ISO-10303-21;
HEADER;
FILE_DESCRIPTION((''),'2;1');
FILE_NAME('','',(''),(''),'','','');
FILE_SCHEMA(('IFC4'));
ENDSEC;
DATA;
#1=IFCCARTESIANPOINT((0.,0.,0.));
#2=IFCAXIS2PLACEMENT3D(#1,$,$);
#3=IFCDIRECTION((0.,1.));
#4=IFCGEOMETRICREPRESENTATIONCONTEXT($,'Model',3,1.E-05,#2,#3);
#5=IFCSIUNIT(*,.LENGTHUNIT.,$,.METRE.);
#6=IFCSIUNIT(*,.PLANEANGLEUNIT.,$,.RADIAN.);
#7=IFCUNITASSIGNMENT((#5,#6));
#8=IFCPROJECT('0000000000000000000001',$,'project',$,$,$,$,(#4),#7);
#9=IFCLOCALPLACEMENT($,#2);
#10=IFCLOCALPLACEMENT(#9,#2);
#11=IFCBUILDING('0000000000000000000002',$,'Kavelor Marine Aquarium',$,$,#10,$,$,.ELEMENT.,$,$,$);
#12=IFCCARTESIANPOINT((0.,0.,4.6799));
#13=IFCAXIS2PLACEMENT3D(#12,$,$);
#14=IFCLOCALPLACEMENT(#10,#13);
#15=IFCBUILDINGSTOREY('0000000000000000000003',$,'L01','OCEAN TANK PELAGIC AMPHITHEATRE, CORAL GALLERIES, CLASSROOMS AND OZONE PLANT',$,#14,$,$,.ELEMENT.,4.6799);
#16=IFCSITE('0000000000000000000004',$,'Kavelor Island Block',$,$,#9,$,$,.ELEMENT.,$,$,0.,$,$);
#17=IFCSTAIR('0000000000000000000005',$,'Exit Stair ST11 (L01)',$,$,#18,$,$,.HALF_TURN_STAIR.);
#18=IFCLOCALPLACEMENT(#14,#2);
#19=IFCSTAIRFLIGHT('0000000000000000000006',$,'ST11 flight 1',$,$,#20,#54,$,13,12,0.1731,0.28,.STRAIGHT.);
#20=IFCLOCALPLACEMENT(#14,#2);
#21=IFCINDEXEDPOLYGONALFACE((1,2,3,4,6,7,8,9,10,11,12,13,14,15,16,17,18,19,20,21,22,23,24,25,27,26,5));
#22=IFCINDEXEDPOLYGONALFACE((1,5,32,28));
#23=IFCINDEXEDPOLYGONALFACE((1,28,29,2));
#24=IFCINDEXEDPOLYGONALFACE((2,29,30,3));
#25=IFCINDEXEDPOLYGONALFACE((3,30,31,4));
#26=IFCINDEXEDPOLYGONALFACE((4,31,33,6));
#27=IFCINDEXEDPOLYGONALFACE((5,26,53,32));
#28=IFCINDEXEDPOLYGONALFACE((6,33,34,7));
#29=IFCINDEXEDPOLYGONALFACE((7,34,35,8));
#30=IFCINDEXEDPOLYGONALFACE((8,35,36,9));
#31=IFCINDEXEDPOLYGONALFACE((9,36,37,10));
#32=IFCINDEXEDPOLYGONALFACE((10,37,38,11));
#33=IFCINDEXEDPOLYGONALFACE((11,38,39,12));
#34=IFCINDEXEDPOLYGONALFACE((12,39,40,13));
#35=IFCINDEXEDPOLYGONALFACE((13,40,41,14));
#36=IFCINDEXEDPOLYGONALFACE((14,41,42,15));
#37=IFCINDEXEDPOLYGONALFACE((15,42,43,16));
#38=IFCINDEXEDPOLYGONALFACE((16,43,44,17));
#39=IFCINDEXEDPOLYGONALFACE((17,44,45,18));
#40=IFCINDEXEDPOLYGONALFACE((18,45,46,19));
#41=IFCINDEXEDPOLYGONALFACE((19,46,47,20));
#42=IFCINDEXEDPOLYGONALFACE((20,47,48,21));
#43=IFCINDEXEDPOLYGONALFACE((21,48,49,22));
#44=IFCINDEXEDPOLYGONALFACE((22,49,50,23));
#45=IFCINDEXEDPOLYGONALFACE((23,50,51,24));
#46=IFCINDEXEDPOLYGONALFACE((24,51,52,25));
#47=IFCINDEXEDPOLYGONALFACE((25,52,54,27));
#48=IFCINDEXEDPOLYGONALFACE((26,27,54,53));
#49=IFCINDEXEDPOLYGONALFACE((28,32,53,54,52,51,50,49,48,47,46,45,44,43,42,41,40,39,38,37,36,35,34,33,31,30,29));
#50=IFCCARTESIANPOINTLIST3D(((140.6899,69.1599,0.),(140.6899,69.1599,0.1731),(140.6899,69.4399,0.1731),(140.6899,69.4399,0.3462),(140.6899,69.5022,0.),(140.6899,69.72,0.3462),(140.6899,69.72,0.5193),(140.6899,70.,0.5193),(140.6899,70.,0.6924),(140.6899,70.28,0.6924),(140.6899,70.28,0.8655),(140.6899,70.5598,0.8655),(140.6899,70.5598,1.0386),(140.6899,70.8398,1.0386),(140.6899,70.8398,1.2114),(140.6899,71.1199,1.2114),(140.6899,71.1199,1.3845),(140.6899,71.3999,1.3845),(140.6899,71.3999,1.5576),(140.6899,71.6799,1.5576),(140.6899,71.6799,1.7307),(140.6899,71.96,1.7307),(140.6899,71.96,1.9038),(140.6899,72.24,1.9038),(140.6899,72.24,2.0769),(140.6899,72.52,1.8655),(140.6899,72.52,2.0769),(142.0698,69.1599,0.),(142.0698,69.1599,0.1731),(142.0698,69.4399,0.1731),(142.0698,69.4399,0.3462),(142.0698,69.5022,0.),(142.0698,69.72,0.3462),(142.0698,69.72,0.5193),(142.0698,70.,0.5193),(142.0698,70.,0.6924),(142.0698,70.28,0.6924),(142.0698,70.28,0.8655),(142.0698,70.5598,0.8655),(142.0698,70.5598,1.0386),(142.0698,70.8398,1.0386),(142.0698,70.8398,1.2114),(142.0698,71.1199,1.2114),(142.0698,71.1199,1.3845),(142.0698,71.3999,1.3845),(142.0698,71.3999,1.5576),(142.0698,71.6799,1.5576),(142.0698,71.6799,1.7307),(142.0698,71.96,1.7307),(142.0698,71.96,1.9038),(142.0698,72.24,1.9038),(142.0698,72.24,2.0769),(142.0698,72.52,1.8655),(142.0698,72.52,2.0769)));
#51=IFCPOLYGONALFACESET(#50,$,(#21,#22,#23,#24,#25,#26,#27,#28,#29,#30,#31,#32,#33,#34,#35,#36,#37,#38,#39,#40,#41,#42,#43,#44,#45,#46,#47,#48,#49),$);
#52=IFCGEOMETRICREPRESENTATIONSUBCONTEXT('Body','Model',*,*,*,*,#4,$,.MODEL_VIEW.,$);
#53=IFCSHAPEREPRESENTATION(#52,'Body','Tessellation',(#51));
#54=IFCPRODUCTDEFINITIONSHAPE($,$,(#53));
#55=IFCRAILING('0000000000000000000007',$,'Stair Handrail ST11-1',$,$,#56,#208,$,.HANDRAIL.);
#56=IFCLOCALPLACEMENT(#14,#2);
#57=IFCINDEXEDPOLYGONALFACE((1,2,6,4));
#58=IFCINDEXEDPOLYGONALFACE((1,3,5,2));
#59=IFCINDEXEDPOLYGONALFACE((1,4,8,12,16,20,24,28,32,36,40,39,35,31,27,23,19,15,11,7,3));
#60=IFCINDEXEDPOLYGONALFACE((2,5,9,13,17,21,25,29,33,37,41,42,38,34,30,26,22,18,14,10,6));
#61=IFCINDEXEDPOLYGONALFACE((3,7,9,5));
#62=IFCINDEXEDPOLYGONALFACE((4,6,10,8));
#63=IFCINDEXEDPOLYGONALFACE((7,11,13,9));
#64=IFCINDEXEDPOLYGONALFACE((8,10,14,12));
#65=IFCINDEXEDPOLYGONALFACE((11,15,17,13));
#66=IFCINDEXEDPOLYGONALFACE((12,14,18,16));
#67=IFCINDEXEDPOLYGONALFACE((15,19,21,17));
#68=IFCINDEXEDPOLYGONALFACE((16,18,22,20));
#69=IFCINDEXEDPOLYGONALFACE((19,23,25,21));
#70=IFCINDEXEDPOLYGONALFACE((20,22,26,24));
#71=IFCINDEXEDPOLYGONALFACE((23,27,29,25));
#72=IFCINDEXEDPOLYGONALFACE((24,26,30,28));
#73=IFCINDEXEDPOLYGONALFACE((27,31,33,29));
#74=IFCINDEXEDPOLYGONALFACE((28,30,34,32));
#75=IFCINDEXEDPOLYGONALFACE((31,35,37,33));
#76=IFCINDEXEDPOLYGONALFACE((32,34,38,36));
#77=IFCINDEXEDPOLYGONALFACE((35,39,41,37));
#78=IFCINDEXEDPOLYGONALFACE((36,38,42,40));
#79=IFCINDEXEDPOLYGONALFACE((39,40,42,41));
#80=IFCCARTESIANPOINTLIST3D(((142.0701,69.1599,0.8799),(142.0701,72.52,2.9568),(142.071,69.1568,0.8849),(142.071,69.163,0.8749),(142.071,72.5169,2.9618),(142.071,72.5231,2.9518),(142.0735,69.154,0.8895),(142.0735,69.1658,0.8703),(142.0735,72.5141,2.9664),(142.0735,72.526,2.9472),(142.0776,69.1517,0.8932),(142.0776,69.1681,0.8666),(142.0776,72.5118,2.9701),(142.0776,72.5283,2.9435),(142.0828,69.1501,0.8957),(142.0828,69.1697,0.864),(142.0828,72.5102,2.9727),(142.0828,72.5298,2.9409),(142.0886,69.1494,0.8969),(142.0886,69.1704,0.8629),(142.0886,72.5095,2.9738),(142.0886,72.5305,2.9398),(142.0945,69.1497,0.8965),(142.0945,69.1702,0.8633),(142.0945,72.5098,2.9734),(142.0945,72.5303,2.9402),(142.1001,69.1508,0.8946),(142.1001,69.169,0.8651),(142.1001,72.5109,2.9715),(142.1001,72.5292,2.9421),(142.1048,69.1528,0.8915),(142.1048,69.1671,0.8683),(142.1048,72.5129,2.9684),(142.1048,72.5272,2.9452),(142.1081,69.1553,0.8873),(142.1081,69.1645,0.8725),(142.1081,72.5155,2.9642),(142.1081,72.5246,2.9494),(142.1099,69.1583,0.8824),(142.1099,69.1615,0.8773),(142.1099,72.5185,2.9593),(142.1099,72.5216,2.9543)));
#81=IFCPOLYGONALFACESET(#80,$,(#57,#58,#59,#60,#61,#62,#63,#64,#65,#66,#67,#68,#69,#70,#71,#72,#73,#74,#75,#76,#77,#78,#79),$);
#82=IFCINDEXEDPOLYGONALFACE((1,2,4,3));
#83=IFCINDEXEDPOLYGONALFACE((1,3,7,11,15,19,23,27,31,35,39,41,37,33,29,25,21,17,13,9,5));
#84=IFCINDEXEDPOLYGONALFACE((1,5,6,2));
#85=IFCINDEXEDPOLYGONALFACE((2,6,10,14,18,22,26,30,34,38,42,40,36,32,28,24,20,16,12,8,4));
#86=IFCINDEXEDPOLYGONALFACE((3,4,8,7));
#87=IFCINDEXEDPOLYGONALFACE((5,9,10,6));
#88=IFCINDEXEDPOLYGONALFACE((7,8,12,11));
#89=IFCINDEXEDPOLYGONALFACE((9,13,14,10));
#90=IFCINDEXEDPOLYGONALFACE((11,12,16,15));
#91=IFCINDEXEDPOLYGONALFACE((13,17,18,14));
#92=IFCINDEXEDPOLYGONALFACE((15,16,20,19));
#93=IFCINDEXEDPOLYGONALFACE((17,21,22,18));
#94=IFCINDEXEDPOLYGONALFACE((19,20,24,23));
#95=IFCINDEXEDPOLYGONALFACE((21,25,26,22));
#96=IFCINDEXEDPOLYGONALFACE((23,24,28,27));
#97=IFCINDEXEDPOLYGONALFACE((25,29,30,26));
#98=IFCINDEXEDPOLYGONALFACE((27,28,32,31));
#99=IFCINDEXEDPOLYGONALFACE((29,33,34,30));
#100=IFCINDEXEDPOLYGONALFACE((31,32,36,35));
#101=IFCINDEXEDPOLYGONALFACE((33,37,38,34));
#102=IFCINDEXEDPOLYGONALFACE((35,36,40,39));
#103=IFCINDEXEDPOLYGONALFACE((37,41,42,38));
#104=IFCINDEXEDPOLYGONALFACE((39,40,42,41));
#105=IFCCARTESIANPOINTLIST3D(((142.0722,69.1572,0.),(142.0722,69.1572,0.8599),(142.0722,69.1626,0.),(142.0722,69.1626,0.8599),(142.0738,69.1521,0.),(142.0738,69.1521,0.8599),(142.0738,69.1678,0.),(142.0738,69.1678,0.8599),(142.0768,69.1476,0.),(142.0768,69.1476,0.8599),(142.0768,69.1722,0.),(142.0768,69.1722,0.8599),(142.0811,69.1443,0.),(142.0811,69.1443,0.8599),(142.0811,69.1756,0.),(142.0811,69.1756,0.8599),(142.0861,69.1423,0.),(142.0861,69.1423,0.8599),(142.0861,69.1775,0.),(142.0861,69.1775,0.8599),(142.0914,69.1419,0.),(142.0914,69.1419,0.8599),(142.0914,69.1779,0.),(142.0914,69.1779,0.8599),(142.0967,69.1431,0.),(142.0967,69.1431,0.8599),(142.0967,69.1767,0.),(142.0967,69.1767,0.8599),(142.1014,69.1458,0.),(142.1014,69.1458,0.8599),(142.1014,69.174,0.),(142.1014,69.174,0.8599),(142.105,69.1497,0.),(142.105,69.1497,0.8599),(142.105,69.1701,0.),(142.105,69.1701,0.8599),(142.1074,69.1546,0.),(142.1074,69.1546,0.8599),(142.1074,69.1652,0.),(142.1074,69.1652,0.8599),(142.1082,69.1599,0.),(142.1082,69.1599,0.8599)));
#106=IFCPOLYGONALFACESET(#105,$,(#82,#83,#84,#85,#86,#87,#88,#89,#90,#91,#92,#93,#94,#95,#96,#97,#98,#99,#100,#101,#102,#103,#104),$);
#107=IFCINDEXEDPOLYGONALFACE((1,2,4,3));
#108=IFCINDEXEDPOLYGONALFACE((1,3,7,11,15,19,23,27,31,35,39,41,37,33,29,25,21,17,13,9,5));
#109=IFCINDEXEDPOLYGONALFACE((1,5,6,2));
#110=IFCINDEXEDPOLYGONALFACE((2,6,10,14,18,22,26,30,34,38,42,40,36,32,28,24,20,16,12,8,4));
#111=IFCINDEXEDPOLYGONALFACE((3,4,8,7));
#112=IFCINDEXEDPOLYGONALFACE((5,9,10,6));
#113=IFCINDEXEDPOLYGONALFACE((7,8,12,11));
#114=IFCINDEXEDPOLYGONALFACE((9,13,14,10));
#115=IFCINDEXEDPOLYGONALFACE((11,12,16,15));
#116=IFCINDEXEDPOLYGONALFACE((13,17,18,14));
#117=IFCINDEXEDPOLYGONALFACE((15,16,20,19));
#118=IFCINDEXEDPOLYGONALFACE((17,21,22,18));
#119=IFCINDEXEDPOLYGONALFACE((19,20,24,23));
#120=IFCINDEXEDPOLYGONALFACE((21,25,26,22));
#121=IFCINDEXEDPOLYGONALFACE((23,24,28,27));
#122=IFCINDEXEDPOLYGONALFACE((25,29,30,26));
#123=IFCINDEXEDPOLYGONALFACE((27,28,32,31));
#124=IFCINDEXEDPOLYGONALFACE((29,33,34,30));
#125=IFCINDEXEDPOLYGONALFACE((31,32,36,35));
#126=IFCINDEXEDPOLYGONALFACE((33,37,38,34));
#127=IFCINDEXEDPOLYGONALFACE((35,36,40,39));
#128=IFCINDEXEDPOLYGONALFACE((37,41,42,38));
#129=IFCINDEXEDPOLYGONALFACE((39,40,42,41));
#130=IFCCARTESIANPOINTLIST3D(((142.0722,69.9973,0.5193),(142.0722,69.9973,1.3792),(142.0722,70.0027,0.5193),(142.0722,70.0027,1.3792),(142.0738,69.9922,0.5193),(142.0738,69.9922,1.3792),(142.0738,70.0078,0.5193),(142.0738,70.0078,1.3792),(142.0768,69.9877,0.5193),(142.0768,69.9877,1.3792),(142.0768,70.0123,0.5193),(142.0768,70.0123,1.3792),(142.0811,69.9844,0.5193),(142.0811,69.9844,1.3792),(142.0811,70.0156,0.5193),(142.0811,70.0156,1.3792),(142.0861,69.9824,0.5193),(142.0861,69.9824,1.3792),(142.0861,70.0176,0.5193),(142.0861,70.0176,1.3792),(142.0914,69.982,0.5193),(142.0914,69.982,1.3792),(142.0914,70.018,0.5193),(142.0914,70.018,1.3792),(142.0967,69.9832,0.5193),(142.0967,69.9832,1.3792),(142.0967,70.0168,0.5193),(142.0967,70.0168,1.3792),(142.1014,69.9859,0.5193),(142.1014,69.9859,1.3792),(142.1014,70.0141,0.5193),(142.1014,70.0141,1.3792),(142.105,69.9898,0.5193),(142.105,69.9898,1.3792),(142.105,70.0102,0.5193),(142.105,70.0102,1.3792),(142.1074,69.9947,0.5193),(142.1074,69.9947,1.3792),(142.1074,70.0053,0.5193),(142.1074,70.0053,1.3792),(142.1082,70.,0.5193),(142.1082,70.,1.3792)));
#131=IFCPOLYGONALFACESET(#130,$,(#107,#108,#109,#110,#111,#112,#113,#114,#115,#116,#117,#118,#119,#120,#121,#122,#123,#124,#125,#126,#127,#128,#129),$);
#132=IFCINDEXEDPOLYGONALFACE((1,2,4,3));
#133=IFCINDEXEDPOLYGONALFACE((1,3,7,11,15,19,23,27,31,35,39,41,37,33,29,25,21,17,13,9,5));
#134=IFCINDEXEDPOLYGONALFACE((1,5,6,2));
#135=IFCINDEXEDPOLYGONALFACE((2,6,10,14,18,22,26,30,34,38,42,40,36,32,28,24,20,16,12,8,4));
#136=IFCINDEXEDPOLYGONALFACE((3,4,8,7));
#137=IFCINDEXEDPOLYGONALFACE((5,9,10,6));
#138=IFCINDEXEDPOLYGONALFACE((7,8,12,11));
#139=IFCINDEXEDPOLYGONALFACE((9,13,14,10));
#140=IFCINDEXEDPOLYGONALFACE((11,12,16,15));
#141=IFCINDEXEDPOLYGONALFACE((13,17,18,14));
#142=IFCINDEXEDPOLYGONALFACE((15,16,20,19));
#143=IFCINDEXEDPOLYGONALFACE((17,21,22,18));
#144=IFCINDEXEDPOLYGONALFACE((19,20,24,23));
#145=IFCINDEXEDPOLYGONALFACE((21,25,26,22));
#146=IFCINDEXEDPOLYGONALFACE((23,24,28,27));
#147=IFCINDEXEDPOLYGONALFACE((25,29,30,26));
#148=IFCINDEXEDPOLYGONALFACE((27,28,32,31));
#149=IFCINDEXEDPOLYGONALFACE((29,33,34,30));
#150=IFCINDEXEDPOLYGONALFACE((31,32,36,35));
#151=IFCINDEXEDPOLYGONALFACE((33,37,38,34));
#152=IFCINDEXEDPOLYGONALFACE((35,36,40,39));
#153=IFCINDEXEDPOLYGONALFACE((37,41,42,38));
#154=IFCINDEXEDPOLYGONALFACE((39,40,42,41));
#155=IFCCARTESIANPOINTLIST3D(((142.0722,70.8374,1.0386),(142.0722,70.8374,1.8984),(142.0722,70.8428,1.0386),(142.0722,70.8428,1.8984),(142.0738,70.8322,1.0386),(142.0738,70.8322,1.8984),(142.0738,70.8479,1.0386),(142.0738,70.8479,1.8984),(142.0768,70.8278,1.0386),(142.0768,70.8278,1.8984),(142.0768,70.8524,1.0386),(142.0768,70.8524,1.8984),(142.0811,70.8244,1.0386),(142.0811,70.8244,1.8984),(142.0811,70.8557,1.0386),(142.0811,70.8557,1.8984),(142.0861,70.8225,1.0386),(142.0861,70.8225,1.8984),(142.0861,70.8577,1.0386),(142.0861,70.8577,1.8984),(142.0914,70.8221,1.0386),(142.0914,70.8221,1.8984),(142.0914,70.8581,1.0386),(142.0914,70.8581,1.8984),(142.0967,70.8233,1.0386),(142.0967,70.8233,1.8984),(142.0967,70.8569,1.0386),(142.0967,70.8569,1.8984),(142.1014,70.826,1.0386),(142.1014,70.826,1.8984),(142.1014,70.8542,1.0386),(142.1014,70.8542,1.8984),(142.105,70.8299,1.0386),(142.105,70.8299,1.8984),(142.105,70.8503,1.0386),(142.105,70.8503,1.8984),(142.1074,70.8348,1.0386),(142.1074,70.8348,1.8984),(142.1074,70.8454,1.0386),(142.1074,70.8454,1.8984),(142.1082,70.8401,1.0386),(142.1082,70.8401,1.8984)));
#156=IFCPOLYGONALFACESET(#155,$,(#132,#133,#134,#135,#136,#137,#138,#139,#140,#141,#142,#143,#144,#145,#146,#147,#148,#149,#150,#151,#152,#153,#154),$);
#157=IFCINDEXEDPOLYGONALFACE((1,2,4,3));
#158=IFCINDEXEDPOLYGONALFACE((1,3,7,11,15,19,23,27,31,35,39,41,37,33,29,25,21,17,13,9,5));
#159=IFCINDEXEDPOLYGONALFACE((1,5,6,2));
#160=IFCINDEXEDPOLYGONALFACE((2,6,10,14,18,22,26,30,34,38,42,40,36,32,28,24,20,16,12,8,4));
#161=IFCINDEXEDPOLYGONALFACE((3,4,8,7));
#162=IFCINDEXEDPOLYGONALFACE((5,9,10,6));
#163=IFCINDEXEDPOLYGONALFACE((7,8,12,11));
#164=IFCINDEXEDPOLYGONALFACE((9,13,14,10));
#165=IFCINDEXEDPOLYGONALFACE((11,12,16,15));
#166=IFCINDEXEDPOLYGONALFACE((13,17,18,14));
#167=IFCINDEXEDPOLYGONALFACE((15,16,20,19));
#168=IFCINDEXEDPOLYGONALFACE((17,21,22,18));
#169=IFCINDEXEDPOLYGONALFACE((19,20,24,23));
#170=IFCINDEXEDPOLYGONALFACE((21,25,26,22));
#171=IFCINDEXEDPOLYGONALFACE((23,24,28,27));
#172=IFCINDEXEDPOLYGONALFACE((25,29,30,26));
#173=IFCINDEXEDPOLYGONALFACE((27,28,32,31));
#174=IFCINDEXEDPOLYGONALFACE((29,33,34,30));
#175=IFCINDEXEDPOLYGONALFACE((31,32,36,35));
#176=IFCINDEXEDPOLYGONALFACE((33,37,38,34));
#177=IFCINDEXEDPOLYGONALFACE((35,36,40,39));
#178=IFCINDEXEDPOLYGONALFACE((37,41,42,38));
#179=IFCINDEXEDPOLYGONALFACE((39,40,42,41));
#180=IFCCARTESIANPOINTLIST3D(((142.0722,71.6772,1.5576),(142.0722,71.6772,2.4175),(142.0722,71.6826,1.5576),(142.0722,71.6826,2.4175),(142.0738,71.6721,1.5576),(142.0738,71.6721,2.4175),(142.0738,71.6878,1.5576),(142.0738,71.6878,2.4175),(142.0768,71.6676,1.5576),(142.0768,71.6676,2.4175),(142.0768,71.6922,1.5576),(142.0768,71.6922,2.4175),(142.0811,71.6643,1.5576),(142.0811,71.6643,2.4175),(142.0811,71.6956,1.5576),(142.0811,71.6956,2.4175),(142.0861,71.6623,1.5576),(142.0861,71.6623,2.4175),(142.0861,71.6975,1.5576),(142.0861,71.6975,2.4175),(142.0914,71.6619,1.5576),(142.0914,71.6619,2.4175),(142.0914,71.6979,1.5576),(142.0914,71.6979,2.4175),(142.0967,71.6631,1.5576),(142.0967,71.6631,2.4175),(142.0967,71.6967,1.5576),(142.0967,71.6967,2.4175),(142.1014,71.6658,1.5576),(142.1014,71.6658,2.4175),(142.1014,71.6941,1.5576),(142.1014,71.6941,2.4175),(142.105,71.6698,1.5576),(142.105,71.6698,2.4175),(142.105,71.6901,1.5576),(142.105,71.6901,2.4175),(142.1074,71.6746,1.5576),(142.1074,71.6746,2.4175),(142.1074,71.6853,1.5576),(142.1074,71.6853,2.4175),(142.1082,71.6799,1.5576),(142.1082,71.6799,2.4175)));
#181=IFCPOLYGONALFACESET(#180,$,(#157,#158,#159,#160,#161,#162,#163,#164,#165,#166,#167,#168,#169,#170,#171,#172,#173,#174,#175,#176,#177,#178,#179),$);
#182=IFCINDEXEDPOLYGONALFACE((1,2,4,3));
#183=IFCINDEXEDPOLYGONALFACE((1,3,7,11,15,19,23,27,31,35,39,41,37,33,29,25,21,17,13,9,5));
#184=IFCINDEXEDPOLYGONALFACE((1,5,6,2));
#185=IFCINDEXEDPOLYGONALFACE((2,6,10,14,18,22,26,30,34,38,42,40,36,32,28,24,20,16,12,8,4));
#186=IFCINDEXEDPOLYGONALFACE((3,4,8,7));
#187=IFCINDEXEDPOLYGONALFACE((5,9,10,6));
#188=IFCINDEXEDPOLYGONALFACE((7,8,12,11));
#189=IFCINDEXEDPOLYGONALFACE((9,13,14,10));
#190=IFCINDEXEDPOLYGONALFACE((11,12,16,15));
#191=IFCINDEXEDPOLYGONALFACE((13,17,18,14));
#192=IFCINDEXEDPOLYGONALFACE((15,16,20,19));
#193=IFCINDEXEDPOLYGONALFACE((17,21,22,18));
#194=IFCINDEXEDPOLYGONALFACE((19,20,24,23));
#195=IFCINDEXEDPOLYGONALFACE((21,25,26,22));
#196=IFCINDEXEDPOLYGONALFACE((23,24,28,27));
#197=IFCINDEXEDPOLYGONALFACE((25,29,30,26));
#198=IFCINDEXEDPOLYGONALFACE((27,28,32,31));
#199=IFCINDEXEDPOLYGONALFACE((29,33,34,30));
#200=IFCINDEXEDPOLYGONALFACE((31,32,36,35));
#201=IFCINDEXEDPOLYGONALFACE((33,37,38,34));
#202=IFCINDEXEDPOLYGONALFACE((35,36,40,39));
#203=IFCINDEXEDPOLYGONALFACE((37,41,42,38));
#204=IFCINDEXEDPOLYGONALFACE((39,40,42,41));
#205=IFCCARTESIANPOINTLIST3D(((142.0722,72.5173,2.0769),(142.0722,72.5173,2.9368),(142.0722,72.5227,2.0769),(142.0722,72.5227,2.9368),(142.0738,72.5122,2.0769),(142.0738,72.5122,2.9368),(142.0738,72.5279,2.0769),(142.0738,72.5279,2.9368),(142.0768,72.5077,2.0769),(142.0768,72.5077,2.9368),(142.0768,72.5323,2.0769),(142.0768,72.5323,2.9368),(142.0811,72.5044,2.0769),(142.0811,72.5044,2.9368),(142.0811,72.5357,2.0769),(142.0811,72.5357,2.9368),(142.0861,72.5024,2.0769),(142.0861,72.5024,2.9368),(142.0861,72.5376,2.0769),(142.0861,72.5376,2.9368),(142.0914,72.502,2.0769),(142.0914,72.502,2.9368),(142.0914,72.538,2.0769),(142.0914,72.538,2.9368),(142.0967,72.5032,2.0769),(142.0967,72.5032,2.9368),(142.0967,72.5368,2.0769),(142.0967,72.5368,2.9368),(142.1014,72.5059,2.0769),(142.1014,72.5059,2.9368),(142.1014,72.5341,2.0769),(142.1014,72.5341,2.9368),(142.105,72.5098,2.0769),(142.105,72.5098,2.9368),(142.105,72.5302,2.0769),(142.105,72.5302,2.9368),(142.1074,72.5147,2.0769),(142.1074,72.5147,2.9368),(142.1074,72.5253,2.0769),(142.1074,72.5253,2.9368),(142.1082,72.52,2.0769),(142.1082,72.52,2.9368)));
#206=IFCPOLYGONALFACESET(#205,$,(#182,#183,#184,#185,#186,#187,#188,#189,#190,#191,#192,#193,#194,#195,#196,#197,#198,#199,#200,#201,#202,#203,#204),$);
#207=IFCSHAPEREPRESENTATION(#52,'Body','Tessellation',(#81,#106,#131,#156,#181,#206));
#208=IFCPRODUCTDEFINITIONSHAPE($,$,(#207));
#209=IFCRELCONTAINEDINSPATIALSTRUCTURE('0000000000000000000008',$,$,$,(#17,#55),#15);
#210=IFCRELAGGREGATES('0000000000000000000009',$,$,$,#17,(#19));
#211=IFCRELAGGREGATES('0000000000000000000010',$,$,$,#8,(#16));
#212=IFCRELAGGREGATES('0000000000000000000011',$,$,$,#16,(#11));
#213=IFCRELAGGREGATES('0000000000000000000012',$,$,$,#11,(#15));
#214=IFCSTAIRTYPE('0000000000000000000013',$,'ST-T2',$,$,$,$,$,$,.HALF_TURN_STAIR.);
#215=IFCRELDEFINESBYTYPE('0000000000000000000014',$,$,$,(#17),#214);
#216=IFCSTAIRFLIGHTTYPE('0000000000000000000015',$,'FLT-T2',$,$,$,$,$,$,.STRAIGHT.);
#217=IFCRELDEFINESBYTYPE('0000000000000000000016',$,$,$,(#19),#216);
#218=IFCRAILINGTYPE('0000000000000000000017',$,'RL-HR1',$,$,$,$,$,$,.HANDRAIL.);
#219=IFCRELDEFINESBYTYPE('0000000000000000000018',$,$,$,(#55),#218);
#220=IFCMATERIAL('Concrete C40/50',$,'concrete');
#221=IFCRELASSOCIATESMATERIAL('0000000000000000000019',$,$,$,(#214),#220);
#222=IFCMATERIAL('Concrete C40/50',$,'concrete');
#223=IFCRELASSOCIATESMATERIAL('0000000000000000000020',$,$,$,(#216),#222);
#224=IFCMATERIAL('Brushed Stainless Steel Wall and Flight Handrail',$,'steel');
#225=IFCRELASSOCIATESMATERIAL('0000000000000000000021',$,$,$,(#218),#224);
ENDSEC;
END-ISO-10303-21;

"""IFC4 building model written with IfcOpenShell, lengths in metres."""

from ifc_helpers import new_model, si_unit, direction, frame, origin, origin_2d, place, context, subcontext, project, spatial, polyline, circle, outline, extrude, material, type_object, element, aggregate, save


model = new_model("IFC4")

# Units and contexts
model_context = context("Model", 3, precision=1e-05, world=origin(), true_north=direction((0.0, 1.0)))
body_context = subcontext(model_context, "Body", "Model", "MODEL_VIEW")
ifc_project = project(units=[si_unit("LENGTHUNIT", "METRE"), si_unit("PLANEANGLEUNIT", "RADIAN")], contexts=[model_context])

# Site, building, storey
site_placement = place(None, origin())
site = spatial("IfcSite", under=ifc_project, at=site_placement, Name="Kavelor Island Block", CompositionType="ELEMENT", RefElevation=0.0)
building_placement = place(site_placement, origin())
building = spatial("IfcBuilding", under=site, at=building_placement, Name="Kavelor Marine Aquarium", CompositionType="ELEMENT")
storey_placement = place(building_placement, frame((0.0, 0.0, 4.6799)))
storey = spatial("IfcBuildingStorey", under=building, at=storey_placement, Name="L01", Description="OCEAN TANK PELAGIC AMPHITHEATRE, CORAL GALLERIES, CLASSROOMS AND OZONE PLANT", CompositionType="ELEMENT", Elevation=4.6799)

# Stair, stair flight
ifc_material_1 = material(Name="Concrete C40/50", Category="concrete")
stair_type = type_object("IfcStairType", Name="ST-T2", PredefinedType="HALF_TURN_STAIR", material=ifc_material_1)
stair_placement = place(storey_placement, origin())
stair = element("IfcStair", 1, at=stair_placement, inside=storey, type_object=stair_type, Name="Exit Stair ST11 (L01)", PredefinedType="HALF_TURN_STAIR")
ifc_material_2 = material(Name="Concrete C40/50", Category="concrete")
stair_flight_type = type_object("IfcStairFlightType", Name="FLT-T2", PredefinedType="STRAIGHT", material=ifc_material_2)
stair_flight_placement = place(storey_placement, frame((141.3799, 69.1599, 0.0), z_axis=(0.0, 0.0, 1.0), x_axis=(0.0, 1.0, 0.0)))
stair_flight = element("IfcStairFlight", 2, at=stair_flight_placement, type_object=stair_flight_type, Name="ST11 flight 1", NumberOfRisers=13, NumberOfTreads=12, PredefinedType="STRAIGHT", RiserHeight=0.1731, TreadLength=0.28, context=body_context, shape_type="SweptSolid", body=[
    extrude(outline(polyline([(0.0, 0.0), (0.0, 0.1731), (0.28, 0.1731), (0.28, 0.3462), (0.5601, 0.3462), (0.5601, 0.5193), (0.8401, 0.5193), (0.8401, 0.6924), (1.1201, 0.6924), (1.1201, 0.8655), (1.3999, 0.8655), (1.3999, 1.0386), (1.6799, 1.0386), (1.6799, 1.2114), (1.96, 1.2114), (1.96, 1.3845), (2.24, 1.3845), (2.24, 1.5576), (2.52, 1.5576), (2.52, 1.7307), (2.8, 1.7307), (2.8, 1.9038), (3.0801, 1.9038), (3.0801, 2.0769), (3.3601, 2.0769), (3.3601, 2.25), (3.3601, 1.8655), (0.3423, 0.0), (0.0, 0.0)])), frame((0.0, 0.6899, 0.0), z_axis=(0.0, -1.0, 0.0), x_axis=(1.0, 0.0, 0.0)), (0.0, 0.0, 1.0), 1.3799),
])
aggregate(stair, [stair_flight])

# Railing
ifc_material_3 = material(Name="Brushed Stainless Steel Wall and Flight Handrail", Category="steel")
railing_type_1 = type_object("IfcRailingType", Name="RL-HR1", PredefinedType="HANDRAIL", material=ifc_material_3)
railing_1_placement = place(storey_placement, frame((142.0901, 69.1599, 0.0)))
element("IfcRailing", 3, at=railing_1_placement, inside=storey, type_object=railing_type_1, Name="Stair Handrail ST11-1", PredefinedType="HANDRAIL", context=body_context, shape_type="SweptSolid", body=[
    extrude(circle(Radius=0.02, at=origin_2d()), frame((0.0, 0.0, 0.8799), z_axis=(0.0, 0.850623, 0.525776), x_axis=(-1.0, 0.0, 0.0)), (0.0, 0.0, 1.0), 3.9502),
    extrude(circle(Radius=0.0181, at=origin_2d()), origin(), (0.0, 0.0, 1.0), 0.8599),
    extrude(circle(Radius=0.0181, at=origin_2d()), frame((0.0, 0.8401, 0.5193)), (0.0, 0.0, 1.0), 0.8599),
    extrude(circle(Radius=0.0181, at=origin_2d()), frame((0.0, 1.6802, 1.0386)), (0.0, 0.0, 1.0), 0.8599),
    extrude(circle(Radius=0.0181, at=origin_2d()), frame((0.0, 2.52, 1.5576)), (0.0, 0.0, 1.0), 0.8599),
    extrude(circle(Radius=0.0181, at=origin_2d()), frame((0.0, 3.3601, 2.0769)), (0.0, 0.0, 1.0), 0.8599),
])

save(model, "model.ifc")
